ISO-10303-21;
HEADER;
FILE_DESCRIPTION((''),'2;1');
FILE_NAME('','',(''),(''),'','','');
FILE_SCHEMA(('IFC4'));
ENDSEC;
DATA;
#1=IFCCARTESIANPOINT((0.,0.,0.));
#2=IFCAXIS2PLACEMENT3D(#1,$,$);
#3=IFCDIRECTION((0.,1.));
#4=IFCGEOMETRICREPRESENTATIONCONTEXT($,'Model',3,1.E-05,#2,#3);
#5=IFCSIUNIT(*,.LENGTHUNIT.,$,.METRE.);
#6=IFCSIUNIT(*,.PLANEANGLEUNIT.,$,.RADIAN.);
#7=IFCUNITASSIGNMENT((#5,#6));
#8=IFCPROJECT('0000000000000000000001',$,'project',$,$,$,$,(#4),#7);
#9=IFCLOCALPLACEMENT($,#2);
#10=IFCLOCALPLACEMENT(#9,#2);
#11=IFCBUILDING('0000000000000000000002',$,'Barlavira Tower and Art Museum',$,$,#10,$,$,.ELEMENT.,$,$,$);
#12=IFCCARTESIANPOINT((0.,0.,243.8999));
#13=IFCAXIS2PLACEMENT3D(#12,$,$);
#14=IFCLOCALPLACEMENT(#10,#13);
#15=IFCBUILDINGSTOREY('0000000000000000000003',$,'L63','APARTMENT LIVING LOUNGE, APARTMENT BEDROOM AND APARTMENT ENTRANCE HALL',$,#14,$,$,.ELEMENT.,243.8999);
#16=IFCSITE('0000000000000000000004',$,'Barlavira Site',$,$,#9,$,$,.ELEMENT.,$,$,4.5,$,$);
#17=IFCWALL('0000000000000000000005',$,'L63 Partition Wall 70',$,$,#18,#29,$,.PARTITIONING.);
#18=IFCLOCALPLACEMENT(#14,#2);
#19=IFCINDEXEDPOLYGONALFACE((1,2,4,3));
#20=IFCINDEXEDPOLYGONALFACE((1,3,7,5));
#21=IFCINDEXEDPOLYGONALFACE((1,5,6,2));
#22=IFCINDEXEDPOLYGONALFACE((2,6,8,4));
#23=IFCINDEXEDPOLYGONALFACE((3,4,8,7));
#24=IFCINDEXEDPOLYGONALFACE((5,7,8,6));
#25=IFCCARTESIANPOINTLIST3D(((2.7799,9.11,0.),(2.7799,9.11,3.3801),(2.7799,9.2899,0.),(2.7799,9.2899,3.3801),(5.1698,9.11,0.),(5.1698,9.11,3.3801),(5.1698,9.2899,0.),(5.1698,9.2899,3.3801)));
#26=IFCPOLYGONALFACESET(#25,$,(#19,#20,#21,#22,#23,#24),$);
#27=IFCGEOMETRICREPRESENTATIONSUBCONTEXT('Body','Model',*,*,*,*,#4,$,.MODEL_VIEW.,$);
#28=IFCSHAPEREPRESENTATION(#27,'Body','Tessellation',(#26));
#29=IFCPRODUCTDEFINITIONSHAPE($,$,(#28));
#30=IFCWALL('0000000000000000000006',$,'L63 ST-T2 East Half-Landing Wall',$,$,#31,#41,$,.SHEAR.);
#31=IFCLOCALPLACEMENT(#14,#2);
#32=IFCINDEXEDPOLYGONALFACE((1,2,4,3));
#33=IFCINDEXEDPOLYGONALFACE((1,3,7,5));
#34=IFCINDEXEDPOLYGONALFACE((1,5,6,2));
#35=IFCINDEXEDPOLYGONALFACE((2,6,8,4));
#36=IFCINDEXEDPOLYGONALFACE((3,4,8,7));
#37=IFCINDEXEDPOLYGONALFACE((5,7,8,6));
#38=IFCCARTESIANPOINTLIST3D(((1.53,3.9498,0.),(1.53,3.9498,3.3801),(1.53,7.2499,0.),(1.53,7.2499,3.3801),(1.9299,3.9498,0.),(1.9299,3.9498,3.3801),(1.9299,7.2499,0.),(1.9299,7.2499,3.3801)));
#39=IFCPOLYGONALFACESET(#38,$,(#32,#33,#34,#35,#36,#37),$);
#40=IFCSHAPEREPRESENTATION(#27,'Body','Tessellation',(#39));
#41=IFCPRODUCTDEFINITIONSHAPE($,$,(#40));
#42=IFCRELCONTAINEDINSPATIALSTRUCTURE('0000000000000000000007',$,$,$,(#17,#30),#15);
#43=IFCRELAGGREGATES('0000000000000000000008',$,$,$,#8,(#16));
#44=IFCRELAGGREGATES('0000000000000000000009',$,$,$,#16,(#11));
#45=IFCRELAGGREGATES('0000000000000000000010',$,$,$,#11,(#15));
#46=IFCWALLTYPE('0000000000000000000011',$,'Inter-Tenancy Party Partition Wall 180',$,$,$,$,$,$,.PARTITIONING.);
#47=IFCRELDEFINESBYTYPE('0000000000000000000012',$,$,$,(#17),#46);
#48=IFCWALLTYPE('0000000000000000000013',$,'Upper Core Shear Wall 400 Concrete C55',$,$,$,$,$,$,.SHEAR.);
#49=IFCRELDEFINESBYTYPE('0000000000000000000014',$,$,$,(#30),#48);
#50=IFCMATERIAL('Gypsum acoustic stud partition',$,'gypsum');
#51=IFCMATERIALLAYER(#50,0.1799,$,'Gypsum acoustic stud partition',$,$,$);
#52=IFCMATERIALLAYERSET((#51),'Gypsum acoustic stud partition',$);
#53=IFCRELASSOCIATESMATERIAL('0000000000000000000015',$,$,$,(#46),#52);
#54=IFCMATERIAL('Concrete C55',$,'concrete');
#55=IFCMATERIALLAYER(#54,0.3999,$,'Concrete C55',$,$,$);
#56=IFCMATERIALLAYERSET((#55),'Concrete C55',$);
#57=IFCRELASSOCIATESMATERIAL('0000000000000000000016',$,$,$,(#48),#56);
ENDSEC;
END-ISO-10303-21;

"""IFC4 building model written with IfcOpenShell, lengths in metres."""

from ifc_helpers import new_model, si_unit, direction, frame, frame_2d, origin, place, context, subcontext, project, spatial, rectangle, extrude, material, layer, layer_set, type_object, element, save


model = new_model("IFC4")

# Units and contexts
model_context = context("Model", 3, precision=1e-05, world=origin(), true_north=direction((0.0, 1.0)))
body_context = subcontext(model_context, "Body", "Model", "MODEL_VIEW")
ifc_project = project(units=[si_unit("LENGTHUNIT", "METRE"), si_unit("PLANEANGLEUNIT", "RADIAN")], contexts=[model_context])

# Site, building, storey
site_placement = place(None, origin())
site = spatial("IfcSite", under=ifc_project, at=site_placement, Name="Barlavira Site", CompositionType="ELEMENT", RefElevation=4.5)
building_placement = place(site_placement, origin())
building = spatial("IfcBuilding", under=site, at=building_placement, Name="Barlavira Tower and Art Museum", CompositionType="ELEMENT")
storey_placement = place(building_placement, frame((0.0, 0.0, 243.8999)))
storey = spatial("IfcBuildingStorey", under=building, at=storey_placement, Name="L63", Description="APARTMENT LIVING LOUNGE, APARTMENT BEDROOM AND APARTMENT ENTRANCE HALL", CompositionType="ELEMENT", Elevation=243.8999)

# Shared definitions
ifc_material_1 = material(Name="Gypsum acoustic stud partition", Category="gypsum")

# Walls
ifc_layer_1 = layer(ifc_material_1, 0.1799, Name="Gypsum acoustic stud partition")
ifc_layer_set_1 = layer_set([ifc_layer_1], Name="Gypsum acoustic stud partition")
wall_type_1 = type_object("IfcWallType", Name="Inter-Tenancy Party Partition Wall 180", PredefinedType="PARTITIONING", material=ifc_layer_set_1)
wall_1_placement = place(storey_placement, frame((2.78, 9.2, 0.0), z_axis=(0.0, 0.0, 1.0), x_axis=(1.0, 0.0, 0.0)))
element("IfcWall", 1, at=wall_1_placement, inside=storey, type_object=wall_type_1, Name="L63 Partition Wall 70", PredefinedType="PARTITIONING", context=body_context, shape_type="SweptSolid", body=[
    extrude(rectangle(XDim=2.3899, YDim=0.1799, at=frame_2d((1.1948, 0.0))), origin(), (0.0, 0.0, 1.0), 3.3801),
])
ifc_material_2 = material(Name="Concrete C55", Category="concrete")
ifc_layer_2 = layer(ifc_material_2, 0.3999, Name="Concrete C55")
ifc_layer_set_2 = layer_set([ifc_layer_2], Name="Concrete C55")
wall_type_2 = type_object("IfcWallType", Name="Upper Core Shear Wall 400 Concrete C55", PredefinedType="SHEAR", material=ifc_layer_set_2)
wall_2_placement = place(storey_placement, frame((1.73, 3.95, 0.0), z_axis=(0.0, 0.0, 1.0), x_axis=(0.0, 1.0, 0.0)))
element("IfcWall", 2, at=wall_2_placement, inside=storey, type_object=wall_type_2, Name="L63 ST-T2 East Half-Landing Wall", PredefinedType="SHEAR", context=body_context, shape_type="SweptSolid", body=[
    extrude(rectangle(XDim=3.3, YDim=0.3999, at=frame_2d((1.6499, 0.0))), origin(), (0.0, 0.0, 1.0), 3.3801),
])

save(model, "model.ifc")
